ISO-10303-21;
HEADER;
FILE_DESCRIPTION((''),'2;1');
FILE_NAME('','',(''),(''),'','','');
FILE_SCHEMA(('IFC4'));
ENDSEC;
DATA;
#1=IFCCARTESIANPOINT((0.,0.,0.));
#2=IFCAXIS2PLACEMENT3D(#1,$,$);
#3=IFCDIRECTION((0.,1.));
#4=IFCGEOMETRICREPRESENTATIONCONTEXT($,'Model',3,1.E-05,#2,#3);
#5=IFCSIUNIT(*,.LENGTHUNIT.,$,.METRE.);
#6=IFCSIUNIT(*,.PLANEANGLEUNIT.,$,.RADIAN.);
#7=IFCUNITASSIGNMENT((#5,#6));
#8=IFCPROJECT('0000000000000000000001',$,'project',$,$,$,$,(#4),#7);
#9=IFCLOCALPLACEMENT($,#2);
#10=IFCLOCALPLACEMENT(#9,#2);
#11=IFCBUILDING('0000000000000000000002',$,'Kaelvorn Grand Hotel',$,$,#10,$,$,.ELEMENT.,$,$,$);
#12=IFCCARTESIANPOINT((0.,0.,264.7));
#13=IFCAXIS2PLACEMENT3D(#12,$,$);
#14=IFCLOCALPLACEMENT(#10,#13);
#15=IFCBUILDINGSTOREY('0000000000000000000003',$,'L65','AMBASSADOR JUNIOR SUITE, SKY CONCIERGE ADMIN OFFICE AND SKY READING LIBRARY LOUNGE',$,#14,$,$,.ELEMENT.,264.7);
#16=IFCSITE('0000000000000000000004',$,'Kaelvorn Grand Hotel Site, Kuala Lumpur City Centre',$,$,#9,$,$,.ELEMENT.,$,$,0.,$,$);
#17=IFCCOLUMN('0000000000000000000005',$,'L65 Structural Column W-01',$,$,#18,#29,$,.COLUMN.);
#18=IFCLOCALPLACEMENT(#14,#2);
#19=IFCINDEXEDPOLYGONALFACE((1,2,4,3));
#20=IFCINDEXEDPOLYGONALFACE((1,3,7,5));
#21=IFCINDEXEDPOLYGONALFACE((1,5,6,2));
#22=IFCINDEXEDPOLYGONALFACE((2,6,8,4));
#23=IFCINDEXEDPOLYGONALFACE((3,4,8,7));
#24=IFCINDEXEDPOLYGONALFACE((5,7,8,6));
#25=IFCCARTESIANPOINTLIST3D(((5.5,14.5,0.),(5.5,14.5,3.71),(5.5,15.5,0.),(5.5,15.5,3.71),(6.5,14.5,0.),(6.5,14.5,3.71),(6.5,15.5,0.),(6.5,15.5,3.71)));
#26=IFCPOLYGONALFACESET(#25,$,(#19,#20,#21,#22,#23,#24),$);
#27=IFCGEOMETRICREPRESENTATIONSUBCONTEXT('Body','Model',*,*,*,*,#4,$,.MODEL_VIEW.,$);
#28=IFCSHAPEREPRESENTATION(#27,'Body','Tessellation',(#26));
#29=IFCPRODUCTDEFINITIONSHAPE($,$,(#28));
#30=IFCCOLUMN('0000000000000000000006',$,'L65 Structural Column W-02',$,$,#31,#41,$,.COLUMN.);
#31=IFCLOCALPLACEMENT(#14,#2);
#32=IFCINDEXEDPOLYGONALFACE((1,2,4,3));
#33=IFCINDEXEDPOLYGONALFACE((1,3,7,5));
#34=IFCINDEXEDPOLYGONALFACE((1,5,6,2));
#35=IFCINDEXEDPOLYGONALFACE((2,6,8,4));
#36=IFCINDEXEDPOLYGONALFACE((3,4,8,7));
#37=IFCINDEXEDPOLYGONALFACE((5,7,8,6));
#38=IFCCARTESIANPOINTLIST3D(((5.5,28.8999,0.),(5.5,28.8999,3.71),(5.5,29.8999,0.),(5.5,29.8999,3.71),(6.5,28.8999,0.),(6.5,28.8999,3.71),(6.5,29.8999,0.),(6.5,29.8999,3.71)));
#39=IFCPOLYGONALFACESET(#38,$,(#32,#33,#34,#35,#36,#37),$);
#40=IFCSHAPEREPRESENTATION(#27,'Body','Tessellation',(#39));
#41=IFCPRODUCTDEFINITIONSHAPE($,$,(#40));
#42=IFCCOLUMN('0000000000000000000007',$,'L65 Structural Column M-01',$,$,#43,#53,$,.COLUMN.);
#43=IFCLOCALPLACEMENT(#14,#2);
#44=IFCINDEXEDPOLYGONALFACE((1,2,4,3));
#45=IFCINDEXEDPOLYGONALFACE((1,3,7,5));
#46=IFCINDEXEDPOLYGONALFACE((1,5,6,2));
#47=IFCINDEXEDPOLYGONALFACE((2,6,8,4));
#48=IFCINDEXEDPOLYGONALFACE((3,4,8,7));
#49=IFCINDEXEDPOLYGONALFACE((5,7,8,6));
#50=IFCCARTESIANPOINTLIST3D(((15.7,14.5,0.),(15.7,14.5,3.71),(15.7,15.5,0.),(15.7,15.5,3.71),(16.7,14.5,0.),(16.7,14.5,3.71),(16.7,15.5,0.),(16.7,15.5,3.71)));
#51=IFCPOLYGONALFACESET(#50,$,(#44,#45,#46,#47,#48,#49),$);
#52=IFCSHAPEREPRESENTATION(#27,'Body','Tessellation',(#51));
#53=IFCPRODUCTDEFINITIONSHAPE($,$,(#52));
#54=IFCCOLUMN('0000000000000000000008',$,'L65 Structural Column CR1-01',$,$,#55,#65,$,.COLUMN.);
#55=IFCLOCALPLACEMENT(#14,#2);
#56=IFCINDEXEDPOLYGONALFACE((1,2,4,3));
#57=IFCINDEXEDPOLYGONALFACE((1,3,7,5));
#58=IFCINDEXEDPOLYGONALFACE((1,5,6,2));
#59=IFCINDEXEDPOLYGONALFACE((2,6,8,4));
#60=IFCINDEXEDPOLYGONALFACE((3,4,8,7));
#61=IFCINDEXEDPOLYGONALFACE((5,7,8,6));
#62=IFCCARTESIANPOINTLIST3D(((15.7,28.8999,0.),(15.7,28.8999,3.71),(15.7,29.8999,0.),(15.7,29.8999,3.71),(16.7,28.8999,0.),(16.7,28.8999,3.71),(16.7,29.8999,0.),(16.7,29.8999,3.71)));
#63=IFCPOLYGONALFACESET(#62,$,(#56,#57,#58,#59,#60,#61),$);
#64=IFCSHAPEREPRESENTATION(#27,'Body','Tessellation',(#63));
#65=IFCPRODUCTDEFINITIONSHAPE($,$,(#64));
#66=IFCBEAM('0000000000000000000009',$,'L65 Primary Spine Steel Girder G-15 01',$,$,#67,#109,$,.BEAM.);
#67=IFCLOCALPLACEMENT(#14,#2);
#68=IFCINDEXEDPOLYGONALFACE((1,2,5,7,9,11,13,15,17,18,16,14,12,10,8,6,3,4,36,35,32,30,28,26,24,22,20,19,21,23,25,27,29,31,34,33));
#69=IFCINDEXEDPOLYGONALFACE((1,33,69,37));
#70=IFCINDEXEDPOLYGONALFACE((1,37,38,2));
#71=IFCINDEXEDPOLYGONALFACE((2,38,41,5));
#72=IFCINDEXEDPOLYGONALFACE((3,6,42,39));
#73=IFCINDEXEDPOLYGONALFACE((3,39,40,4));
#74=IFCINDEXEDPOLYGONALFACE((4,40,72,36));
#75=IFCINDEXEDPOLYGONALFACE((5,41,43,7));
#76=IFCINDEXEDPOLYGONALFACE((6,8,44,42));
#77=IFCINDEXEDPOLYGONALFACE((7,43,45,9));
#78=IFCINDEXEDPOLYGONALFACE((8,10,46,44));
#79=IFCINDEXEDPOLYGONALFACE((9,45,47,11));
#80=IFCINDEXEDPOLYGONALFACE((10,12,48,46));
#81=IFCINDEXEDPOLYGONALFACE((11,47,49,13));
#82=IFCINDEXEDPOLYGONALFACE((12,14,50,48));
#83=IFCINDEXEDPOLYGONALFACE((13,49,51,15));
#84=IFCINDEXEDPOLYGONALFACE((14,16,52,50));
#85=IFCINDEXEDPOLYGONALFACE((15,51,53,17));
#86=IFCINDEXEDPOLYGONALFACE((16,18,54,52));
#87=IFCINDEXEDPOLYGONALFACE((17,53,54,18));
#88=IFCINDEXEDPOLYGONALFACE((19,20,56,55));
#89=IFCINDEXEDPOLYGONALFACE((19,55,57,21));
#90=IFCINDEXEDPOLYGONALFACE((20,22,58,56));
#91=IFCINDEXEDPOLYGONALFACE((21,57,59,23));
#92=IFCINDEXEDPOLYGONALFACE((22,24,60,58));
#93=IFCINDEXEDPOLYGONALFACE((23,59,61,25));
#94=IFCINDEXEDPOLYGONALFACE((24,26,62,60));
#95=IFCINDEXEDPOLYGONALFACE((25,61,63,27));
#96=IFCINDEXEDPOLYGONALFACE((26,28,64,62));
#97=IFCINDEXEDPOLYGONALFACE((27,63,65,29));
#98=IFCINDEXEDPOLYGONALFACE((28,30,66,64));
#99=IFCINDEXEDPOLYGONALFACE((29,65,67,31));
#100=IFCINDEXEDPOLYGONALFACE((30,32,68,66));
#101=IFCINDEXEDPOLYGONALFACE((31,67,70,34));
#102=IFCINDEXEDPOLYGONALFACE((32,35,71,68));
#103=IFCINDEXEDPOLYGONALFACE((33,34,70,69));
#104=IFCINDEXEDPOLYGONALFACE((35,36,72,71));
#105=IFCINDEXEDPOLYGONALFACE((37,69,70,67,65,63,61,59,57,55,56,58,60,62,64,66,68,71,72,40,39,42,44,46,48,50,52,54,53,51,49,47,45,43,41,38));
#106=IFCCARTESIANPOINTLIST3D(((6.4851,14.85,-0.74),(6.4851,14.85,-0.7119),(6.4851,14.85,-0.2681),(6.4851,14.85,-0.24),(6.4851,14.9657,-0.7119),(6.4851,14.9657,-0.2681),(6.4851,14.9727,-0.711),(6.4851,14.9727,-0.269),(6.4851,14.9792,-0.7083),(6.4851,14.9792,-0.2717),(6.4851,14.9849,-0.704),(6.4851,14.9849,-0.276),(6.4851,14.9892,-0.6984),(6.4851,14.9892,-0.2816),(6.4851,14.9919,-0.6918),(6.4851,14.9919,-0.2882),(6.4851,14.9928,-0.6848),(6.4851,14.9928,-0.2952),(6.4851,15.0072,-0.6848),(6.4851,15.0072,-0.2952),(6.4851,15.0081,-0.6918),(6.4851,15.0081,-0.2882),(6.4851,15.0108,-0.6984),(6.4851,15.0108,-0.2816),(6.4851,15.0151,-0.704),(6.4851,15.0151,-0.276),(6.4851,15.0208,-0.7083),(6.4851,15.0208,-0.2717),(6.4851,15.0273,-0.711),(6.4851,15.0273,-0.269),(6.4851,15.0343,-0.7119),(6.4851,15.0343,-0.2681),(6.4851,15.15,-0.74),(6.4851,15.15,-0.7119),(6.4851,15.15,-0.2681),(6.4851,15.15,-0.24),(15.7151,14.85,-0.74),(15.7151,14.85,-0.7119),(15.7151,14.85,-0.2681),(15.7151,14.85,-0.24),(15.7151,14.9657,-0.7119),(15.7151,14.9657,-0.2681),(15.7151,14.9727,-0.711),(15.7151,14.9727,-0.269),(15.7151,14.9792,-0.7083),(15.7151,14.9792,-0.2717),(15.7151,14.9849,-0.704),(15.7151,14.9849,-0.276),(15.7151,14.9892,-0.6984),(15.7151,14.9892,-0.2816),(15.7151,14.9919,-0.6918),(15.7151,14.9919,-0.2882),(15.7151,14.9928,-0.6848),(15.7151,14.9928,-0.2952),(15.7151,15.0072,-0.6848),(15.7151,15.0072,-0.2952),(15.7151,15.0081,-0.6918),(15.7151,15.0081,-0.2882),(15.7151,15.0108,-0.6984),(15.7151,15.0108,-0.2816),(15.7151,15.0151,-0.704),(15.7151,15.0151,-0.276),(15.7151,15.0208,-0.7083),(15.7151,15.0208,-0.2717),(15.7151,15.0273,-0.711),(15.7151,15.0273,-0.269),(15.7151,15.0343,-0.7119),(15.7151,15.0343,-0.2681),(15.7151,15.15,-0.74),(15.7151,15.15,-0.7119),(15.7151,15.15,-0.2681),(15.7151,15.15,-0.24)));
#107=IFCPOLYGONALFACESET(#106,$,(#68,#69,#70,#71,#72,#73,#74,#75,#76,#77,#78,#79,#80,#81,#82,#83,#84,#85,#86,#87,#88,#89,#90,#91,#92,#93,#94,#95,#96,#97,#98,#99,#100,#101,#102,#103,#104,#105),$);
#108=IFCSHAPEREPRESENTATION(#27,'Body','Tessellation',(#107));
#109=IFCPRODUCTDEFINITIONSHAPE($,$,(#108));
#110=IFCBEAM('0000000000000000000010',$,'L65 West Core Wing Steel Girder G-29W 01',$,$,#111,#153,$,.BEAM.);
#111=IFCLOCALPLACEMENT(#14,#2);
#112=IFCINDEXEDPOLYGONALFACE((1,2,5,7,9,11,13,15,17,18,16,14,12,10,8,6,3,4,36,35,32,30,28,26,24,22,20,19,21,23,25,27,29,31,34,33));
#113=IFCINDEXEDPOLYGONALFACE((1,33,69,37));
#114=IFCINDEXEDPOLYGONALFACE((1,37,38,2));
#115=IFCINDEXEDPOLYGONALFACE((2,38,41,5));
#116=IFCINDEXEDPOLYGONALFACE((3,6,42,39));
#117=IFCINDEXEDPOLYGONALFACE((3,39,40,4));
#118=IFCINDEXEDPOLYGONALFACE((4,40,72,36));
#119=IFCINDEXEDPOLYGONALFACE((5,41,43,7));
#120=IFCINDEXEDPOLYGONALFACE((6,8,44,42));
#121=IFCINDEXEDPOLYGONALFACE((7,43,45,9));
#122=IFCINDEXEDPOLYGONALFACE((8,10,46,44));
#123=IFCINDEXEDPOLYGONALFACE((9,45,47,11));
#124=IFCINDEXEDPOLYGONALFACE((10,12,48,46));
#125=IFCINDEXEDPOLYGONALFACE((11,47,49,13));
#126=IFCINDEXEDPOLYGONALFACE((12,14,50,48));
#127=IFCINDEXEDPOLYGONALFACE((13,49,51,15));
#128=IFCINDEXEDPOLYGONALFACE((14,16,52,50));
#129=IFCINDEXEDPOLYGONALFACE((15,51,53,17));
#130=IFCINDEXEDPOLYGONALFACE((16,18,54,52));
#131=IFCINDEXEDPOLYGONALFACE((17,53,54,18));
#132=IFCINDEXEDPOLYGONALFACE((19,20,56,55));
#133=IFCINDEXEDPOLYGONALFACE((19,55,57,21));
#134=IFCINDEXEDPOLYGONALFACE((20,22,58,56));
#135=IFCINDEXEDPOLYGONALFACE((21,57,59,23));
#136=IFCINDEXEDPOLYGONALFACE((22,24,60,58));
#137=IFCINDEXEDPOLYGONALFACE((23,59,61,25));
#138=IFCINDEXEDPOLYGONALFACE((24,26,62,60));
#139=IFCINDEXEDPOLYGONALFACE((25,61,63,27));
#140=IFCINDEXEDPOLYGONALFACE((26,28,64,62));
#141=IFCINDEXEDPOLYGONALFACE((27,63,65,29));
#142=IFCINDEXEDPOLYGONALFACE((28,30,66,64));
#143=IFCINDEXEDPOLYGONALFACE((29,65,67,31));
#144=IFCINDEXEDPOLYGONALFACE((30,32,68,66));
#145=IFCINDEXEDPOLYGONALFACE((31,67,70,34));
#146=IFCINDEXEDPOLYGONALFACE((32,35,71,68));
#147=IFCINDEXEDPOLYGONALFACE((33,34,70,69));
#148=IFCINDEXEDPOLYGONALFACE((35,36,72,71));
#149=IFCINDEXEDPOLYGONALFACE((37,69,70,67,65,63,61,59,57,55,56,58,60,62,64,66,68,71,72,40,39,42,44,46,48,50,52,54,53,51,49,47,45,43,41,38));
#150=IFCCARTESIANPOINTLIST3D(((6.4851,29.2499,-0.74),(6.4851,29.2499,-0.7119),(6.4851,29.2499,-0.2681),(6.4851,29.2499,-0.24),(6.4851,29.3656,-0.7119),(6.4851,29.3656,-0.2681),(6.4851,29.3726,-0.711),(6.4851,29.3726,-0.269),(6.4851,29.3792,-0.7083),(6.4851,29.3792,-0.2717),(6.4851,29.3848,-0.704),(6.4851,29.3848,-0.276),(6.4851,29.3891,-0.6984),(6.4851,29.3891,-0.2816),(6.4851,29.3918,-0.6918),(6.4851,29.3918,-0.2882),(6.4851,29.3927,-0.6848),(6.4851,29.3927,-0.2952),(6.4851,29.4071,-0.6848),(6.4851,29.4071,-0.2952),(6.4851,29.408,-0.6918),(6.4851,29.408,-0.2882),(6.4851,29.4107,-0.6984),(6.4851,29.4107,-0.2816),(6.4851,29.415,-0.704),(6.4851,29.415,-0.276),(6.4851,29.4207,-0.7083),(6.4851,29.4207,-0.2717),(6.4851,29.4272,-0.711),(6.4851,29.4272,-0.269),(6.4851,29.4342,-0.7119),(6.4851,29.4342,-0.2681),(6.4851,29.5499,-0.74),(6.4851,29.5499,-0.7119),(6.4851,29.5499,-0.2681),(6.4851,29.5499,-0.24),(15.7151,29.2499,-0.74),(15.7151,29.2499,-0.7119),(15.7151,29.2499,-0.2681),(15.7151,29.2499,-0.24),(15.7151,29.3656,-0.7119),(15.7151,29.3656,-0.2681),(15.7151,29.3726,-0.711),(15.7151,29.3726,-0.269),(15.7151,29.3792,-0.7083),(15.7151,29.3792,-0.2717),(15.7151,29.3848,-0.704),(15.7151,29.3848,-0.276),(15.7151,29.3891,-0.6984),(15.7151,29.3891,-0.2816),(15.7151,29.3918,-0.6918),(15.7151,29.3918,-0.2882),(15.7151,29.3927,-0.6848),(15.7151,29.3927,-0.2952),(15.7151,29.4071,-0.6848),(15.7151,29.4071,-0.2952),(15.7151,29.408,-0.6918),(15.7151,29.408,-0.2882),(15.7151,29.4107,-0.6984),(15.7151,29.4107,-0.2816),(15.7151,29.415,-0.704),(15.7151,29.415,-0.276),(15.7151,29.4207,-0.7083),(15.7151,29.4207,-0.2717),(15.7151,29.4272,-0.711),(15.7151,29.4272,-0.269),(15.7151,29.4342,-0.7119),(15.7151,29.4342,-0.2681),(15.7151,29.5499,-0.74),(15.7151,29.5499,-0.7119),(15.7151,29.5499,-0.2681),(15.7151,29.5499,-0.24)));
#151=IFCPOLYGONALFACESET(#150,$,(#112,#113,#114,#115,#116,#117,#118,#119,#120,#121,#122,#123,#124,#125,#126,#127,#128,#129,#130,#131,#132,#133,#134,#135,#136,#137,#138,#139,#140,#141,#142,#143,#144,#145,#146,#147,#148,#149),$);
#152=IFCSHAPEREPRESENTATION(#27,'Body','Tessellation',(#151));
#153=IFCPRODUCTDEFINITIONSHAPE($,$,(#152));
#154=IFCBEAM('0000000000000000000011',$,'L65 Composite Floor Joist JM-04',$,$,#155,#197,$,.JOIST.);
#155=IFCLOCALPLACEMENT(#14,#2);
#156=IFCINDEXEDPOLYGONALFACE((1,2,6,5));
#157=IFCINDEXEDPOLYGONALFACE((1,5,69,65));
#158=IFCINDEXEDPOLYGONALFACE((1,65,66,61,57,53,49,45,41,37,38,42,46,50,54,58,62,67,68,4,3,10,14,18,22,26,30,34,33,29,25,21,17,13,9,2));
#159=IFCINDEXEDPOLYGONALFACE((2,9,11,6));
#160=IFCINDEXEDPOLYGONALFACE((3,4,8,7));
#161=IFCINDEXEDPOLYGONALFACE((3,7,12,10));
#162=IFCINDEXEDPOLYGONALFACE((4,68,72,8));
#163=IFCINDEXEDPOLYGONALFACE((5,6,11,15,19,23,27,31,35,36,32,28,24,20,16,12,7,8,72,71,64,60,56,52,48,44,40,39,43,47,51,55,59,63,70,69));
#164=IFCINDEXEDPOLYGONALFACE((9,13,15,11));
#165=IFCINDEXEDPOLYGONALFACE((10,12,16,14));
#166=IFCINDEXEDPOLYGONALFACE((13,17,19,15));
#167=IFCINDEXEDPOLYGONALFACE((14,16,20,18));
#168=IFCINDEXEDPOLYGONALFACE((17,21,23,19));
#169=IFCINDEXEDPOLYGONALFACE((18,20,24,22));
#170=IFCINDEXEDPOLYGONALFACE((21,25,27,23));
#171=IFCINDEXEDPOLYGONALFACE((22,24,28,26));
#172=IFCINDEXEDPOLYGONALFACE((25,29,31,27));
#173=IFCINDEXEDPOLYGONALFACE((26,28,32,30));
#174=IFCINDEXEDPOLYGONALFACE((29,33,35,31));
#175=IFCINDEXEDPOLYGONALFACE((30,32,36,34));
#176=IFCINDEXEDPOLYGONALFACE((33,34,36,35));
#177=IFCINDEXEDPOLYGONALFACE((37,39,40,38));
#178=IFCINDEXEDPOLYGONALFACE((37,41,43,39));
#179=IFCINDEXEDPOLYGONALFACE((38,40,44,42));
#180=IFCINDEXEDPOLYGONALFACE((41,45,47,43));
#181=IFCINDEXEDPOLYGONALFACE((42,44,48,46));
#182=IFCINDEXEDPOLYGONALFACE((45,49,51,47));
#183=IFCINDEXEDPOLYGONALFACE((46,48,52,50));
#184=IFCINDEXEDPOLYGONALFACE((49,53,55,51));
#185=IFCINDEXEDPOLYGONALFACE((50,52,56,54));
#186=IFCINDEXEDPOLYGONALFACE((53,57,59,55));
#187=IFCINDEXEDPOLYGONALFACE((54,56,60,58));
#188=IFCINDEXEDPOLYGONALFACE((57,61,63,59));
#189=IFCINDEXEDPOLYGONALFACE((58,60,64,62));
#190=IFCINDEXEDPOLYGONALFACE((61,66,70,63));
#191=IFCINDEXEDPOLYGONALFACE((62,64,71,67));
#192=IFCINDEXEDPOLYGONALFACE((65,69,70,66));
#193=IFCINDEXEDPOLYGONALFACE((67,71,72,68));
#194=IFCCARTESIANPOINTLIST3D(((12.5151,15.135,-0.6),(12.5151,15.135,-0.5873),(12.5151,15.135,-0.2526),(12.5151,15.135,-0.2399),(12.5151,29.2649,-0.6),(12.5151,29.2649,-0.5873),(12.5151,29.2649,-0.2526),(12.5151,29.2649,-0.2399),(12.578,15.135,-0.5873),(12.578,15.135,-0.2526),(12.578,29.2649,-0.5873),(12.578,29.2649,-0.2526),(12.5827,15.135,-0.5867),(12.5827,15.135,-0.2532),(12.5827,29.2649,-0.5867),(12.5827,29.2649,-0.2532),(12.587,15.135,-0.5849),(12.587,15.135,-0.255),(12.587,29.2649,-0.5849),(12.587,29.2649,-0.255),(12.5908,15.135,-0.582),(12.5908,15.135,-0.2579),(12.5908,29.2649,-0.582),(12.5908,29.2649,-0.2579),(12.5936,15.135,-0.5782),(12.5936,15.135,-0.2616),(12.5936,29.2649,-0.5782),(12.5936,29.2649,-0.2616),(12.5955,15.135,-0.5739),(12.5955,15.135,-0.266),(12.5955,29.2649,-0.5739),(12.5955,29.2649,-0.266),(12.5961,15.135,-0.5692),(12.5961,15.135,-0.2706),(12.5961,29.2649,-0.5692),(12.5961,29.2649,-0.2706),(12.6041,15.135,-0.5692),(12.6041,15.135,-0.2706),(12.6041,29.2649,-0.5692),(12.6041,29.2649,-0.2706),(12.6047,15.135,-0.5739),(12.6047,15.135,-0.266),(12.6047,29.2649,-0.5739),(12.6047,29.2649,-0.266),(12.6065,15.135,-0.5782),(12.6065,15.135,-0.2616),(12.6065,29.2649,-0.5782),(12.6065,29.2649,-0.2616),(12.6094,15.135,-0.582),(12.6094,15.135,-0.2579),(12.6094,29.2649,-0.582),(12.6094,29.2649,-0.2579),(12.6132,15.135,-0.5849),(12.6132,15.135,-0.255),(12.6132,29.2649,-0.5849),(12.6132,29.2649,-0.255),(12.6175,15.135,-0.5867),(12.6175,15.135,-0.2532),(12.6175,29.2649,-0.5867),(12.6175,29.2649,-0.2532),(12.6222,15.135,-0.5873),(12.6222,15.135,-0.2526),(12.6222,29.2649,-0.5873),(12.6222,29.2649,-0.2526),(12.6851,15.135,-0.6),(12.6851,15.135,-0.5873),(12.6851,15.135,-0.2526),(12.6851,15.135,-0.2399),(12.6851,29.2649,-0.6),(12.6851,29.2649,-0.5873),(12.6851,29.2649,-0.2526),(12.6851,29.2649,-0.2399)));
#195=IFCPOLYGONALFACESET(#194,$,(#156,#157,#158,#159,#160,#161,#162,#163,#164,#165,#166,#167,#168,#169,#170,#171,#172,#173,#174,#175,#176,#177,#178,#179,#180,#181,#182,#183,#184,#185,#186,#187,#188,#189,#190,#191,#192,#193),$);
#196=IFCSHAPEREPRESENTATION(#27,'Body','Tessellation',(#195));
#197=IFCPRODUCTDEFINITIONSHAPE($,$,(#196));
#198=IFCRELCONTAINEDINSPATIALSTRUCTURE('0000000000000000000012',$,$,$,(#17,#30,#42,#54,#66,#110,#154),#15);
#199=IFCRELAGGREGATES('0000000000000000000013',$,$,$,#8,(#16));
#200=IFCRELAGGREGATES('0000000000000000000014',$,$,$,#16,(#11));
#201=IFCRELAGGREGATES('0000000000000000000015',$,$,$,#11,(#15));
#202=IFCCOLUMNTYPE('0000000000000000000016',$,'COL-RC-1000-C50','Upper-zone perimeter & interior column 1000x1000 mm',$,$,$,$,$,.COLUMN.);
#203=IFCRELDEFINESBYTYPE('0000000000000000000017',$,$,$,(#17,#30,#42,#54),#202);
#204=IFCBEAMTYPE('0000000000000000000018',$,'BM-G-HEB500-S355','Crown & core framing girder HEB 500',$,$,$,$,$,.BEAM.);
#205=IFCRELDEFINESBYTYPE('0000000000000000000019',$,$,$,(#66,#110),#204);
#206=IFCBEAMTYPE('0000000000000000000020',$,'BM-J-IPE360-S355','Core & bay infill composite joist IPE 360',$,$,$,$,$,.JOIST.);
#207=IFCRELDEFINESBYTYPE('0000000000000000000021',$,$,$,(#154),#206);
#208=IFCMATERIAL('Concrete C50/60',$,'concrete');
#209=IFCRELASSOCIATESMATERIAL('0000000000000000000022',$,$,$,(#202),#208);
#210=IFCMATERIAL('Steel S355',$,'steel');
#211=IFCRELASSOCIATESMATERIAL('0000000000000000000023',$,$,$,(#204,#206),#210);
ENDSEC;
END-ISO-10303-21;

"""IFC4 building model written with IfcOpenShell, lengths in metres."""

from ifc_helpers import new_model, si_unit, direction, frame, origin, origin_2d, place, context, subcontext, project, spatial, rectangle, i_section, extrude, material, material_profile, profile_set, type_object, element, save


model = new_model("IFC4")

# Units and contexts
model_context = context("Model", 3, precision=1e-05, world=origin(), true_north=direction((0.0, 1.0)))
body_context = subcontext(model_context, "Body", "Model", "MODEL_VIEW")
ifc_project = project(units=[si_unit("LENGTHUNIT", "METRE"), si_unit("PLANEANGLEUNIT", "RADIAN")], contexts=[model_context])

# Site, building, storey
site_placement = place(None, origin())
site = spatial("IfcSite", under=ifc_project, at=site_placement, Name="Kaelvorn Grand Hotel Site, Kuala Lumpur City Centre", CompositionType="ELEMENT", RefElevation=0.0)
building_placement = place(site_placement, origin())
building = spatial("IfcBuilding", under=site, at=building_placement, Name="Kaelvorn Grand Hotel", CompositionType="ELEMENT")
storey_placement = place(building_placement, frame((0.0, 0.0, 264.7)))
storey = spatial("IfcBuildingStorey", under=building, at=storey_placement, Name="L65", Description="AMBASSADOR JUNIOR SUITE, SKY CONCIERGE ADMIN OFFICE AND SKY READING LIBRARY LOUNGE", CompositionType="ELEMENT", Elevation=264.7)

# Columns
ifc_material_1 = material(Name="Concrete C50/60", Category="concrete")
ifc_material_profile_1 = material_profile(ifc_material_1, rectangle(XDim=1.0, YDim=1.0, at=origin_2d()), Name="RC COL 1000x1000")
ifc_profile_set_1 = profile_set([ifc_material_profile_1], Name="Concrete C50/60")
column_type = type_object("IfcColumnType", Name="COL-RC-1000-C50", Description="Upper-zone perimeter & interior column 1000x1000 mm", PredefinedType="COLUMN", material=ifc_profile_set_1)
for number, where, z_axis, x_axis, name in (
    (1, (6.0, 15.0, 0.0), (0.0, 0.0, 1.0), (1.0, 0.0, 0.0), "L65 Structural Column W-01"),
    (2, (6.0, 29.3999, 0.0), (0.0, 0.0, 1.0), (1.0, 0.0, 0.0), "L65 Structural Column W-02"),
    (3, (16.2, 15.0, 0.0), (0.0, 0.0, 1.0), (1.0, 0.0, 0.0), "L65 Structural Column M-01"),
    (4, (16.2, 29.3999, 0.0), (0.0, 0.0, 1.0), (1.0, 0.0, 0.0), "L65 Structural Column CR1-01"),
):
    element("IfcColumn", number, at=place(storey_placement, frame(where, z_axis=z_axis, x_axis=x_axis)), inside=storey, type_object=column_type, Name=name, PredefinedType="COLUMN", context=body_context, shape_type="SweptSolid", body=[
        extrude(rectangle(XDim=1.0, YDim=1.0, at=origin_2d()), origin(), (0.0, 0.0, 1.0), 3.71),
    ])

# Beams
ifc_material_2 = material(Name="Steel S355", Category="steel")
ifc_material_profile_2 = material_profile(ifc_material_2, i_section(OverallWidth=0.3, OverallDepth=0.5, WebThickness=0.0144, FlangeThickness=0.0281, FilletRadius=0.0271, at=origin_2d()), Name="HEB 500")
ifc_profile_set_2 = profile_set([ifc_material_profile_2], Name="Steel S355")
beam_type_1 = type_object("IfcBeamType", Name="BM-G-HEB500-S355", Description="Crown & core framing girder HEB 500", PredefinedType="BEAM", material=ifc_profile_set_2)
for number, where, z_axis, x_axis, name in (
    (5, (6.4851, 15.0, -0.49), (1.0, 0.0, 0.0), (0.0, 1.0, 0.0), "L65 Primary Spine Steel Girder G-15 01"),
    (6, (6.4851, 29.3999, -0.49), (1.0, 0.0, 0.0), (0.0, 1.0, 0.0), "L65 West Core Wing Steel Girder G-29W 01"),
):
    element("IfcBeam", number, at=place(storey_placement, frame(where, z_axis=z_axis, x_axis=x_axis)), inside=storey, type_object=beam_type_1, Name=name, PredefinedType="BEAM", context=body_context, shape_type="SweptSolid", body=[
        extrude(i_section(OverallWidth=0.3, OverallDepth=0.5, WebThickness=0.0144, FlangeThickness=0.0281, FilletRadius=0.0271, at=origin_2d()), origin(), (0.0, 0.0, 1.0), 9.23),
    ])
ifc_material_profile_3 = material_profile(ifc_material_2, i_section(OverallWidth=0.1699, OverallDepth=0.3601, WebThickness=0.0081, FlangeThickness=0.0127, FilletRadius=0.0181, at=origin_2d()), Name="IPE 360")
ifc_profile_set_3 = profile_set([ifc_material_profile_3], Name="Steel S355")
beam_type_2 = type_object("IfcBeamType", Name="BM-J-IPE360-S355", Description="Core & bay infill composite joist IPE 360", PredefinedType="JOIST", material=ifc_profile_set_3)
beam_1_placement = place(storey_placement, frame((12.6001, 15.135, -0.4199), z_axis=(0.0, 1.0, 0.0), x_axis=(-1.0, 0.0, 0.0)))
element("IfcBeam", 7, at=beam_1_placement, inside=storey, type_object=beam_type_2, Name="L65 Composite Floor Joist JM-04", PredefinedType="JOIST", context=body_context, shape_type="SweptSolid", body=[
    extrude(i_section(OverallWidth=0.1699, OverallDepth=0.3601, WebThickness=0.0081, FlangeThickness=0.0127, FilletRadius=0.0181, at=origin_2d()), origin(), (0.0, 0.0, 1.0), 14.1299),
])

save(model, "model.ifc")
